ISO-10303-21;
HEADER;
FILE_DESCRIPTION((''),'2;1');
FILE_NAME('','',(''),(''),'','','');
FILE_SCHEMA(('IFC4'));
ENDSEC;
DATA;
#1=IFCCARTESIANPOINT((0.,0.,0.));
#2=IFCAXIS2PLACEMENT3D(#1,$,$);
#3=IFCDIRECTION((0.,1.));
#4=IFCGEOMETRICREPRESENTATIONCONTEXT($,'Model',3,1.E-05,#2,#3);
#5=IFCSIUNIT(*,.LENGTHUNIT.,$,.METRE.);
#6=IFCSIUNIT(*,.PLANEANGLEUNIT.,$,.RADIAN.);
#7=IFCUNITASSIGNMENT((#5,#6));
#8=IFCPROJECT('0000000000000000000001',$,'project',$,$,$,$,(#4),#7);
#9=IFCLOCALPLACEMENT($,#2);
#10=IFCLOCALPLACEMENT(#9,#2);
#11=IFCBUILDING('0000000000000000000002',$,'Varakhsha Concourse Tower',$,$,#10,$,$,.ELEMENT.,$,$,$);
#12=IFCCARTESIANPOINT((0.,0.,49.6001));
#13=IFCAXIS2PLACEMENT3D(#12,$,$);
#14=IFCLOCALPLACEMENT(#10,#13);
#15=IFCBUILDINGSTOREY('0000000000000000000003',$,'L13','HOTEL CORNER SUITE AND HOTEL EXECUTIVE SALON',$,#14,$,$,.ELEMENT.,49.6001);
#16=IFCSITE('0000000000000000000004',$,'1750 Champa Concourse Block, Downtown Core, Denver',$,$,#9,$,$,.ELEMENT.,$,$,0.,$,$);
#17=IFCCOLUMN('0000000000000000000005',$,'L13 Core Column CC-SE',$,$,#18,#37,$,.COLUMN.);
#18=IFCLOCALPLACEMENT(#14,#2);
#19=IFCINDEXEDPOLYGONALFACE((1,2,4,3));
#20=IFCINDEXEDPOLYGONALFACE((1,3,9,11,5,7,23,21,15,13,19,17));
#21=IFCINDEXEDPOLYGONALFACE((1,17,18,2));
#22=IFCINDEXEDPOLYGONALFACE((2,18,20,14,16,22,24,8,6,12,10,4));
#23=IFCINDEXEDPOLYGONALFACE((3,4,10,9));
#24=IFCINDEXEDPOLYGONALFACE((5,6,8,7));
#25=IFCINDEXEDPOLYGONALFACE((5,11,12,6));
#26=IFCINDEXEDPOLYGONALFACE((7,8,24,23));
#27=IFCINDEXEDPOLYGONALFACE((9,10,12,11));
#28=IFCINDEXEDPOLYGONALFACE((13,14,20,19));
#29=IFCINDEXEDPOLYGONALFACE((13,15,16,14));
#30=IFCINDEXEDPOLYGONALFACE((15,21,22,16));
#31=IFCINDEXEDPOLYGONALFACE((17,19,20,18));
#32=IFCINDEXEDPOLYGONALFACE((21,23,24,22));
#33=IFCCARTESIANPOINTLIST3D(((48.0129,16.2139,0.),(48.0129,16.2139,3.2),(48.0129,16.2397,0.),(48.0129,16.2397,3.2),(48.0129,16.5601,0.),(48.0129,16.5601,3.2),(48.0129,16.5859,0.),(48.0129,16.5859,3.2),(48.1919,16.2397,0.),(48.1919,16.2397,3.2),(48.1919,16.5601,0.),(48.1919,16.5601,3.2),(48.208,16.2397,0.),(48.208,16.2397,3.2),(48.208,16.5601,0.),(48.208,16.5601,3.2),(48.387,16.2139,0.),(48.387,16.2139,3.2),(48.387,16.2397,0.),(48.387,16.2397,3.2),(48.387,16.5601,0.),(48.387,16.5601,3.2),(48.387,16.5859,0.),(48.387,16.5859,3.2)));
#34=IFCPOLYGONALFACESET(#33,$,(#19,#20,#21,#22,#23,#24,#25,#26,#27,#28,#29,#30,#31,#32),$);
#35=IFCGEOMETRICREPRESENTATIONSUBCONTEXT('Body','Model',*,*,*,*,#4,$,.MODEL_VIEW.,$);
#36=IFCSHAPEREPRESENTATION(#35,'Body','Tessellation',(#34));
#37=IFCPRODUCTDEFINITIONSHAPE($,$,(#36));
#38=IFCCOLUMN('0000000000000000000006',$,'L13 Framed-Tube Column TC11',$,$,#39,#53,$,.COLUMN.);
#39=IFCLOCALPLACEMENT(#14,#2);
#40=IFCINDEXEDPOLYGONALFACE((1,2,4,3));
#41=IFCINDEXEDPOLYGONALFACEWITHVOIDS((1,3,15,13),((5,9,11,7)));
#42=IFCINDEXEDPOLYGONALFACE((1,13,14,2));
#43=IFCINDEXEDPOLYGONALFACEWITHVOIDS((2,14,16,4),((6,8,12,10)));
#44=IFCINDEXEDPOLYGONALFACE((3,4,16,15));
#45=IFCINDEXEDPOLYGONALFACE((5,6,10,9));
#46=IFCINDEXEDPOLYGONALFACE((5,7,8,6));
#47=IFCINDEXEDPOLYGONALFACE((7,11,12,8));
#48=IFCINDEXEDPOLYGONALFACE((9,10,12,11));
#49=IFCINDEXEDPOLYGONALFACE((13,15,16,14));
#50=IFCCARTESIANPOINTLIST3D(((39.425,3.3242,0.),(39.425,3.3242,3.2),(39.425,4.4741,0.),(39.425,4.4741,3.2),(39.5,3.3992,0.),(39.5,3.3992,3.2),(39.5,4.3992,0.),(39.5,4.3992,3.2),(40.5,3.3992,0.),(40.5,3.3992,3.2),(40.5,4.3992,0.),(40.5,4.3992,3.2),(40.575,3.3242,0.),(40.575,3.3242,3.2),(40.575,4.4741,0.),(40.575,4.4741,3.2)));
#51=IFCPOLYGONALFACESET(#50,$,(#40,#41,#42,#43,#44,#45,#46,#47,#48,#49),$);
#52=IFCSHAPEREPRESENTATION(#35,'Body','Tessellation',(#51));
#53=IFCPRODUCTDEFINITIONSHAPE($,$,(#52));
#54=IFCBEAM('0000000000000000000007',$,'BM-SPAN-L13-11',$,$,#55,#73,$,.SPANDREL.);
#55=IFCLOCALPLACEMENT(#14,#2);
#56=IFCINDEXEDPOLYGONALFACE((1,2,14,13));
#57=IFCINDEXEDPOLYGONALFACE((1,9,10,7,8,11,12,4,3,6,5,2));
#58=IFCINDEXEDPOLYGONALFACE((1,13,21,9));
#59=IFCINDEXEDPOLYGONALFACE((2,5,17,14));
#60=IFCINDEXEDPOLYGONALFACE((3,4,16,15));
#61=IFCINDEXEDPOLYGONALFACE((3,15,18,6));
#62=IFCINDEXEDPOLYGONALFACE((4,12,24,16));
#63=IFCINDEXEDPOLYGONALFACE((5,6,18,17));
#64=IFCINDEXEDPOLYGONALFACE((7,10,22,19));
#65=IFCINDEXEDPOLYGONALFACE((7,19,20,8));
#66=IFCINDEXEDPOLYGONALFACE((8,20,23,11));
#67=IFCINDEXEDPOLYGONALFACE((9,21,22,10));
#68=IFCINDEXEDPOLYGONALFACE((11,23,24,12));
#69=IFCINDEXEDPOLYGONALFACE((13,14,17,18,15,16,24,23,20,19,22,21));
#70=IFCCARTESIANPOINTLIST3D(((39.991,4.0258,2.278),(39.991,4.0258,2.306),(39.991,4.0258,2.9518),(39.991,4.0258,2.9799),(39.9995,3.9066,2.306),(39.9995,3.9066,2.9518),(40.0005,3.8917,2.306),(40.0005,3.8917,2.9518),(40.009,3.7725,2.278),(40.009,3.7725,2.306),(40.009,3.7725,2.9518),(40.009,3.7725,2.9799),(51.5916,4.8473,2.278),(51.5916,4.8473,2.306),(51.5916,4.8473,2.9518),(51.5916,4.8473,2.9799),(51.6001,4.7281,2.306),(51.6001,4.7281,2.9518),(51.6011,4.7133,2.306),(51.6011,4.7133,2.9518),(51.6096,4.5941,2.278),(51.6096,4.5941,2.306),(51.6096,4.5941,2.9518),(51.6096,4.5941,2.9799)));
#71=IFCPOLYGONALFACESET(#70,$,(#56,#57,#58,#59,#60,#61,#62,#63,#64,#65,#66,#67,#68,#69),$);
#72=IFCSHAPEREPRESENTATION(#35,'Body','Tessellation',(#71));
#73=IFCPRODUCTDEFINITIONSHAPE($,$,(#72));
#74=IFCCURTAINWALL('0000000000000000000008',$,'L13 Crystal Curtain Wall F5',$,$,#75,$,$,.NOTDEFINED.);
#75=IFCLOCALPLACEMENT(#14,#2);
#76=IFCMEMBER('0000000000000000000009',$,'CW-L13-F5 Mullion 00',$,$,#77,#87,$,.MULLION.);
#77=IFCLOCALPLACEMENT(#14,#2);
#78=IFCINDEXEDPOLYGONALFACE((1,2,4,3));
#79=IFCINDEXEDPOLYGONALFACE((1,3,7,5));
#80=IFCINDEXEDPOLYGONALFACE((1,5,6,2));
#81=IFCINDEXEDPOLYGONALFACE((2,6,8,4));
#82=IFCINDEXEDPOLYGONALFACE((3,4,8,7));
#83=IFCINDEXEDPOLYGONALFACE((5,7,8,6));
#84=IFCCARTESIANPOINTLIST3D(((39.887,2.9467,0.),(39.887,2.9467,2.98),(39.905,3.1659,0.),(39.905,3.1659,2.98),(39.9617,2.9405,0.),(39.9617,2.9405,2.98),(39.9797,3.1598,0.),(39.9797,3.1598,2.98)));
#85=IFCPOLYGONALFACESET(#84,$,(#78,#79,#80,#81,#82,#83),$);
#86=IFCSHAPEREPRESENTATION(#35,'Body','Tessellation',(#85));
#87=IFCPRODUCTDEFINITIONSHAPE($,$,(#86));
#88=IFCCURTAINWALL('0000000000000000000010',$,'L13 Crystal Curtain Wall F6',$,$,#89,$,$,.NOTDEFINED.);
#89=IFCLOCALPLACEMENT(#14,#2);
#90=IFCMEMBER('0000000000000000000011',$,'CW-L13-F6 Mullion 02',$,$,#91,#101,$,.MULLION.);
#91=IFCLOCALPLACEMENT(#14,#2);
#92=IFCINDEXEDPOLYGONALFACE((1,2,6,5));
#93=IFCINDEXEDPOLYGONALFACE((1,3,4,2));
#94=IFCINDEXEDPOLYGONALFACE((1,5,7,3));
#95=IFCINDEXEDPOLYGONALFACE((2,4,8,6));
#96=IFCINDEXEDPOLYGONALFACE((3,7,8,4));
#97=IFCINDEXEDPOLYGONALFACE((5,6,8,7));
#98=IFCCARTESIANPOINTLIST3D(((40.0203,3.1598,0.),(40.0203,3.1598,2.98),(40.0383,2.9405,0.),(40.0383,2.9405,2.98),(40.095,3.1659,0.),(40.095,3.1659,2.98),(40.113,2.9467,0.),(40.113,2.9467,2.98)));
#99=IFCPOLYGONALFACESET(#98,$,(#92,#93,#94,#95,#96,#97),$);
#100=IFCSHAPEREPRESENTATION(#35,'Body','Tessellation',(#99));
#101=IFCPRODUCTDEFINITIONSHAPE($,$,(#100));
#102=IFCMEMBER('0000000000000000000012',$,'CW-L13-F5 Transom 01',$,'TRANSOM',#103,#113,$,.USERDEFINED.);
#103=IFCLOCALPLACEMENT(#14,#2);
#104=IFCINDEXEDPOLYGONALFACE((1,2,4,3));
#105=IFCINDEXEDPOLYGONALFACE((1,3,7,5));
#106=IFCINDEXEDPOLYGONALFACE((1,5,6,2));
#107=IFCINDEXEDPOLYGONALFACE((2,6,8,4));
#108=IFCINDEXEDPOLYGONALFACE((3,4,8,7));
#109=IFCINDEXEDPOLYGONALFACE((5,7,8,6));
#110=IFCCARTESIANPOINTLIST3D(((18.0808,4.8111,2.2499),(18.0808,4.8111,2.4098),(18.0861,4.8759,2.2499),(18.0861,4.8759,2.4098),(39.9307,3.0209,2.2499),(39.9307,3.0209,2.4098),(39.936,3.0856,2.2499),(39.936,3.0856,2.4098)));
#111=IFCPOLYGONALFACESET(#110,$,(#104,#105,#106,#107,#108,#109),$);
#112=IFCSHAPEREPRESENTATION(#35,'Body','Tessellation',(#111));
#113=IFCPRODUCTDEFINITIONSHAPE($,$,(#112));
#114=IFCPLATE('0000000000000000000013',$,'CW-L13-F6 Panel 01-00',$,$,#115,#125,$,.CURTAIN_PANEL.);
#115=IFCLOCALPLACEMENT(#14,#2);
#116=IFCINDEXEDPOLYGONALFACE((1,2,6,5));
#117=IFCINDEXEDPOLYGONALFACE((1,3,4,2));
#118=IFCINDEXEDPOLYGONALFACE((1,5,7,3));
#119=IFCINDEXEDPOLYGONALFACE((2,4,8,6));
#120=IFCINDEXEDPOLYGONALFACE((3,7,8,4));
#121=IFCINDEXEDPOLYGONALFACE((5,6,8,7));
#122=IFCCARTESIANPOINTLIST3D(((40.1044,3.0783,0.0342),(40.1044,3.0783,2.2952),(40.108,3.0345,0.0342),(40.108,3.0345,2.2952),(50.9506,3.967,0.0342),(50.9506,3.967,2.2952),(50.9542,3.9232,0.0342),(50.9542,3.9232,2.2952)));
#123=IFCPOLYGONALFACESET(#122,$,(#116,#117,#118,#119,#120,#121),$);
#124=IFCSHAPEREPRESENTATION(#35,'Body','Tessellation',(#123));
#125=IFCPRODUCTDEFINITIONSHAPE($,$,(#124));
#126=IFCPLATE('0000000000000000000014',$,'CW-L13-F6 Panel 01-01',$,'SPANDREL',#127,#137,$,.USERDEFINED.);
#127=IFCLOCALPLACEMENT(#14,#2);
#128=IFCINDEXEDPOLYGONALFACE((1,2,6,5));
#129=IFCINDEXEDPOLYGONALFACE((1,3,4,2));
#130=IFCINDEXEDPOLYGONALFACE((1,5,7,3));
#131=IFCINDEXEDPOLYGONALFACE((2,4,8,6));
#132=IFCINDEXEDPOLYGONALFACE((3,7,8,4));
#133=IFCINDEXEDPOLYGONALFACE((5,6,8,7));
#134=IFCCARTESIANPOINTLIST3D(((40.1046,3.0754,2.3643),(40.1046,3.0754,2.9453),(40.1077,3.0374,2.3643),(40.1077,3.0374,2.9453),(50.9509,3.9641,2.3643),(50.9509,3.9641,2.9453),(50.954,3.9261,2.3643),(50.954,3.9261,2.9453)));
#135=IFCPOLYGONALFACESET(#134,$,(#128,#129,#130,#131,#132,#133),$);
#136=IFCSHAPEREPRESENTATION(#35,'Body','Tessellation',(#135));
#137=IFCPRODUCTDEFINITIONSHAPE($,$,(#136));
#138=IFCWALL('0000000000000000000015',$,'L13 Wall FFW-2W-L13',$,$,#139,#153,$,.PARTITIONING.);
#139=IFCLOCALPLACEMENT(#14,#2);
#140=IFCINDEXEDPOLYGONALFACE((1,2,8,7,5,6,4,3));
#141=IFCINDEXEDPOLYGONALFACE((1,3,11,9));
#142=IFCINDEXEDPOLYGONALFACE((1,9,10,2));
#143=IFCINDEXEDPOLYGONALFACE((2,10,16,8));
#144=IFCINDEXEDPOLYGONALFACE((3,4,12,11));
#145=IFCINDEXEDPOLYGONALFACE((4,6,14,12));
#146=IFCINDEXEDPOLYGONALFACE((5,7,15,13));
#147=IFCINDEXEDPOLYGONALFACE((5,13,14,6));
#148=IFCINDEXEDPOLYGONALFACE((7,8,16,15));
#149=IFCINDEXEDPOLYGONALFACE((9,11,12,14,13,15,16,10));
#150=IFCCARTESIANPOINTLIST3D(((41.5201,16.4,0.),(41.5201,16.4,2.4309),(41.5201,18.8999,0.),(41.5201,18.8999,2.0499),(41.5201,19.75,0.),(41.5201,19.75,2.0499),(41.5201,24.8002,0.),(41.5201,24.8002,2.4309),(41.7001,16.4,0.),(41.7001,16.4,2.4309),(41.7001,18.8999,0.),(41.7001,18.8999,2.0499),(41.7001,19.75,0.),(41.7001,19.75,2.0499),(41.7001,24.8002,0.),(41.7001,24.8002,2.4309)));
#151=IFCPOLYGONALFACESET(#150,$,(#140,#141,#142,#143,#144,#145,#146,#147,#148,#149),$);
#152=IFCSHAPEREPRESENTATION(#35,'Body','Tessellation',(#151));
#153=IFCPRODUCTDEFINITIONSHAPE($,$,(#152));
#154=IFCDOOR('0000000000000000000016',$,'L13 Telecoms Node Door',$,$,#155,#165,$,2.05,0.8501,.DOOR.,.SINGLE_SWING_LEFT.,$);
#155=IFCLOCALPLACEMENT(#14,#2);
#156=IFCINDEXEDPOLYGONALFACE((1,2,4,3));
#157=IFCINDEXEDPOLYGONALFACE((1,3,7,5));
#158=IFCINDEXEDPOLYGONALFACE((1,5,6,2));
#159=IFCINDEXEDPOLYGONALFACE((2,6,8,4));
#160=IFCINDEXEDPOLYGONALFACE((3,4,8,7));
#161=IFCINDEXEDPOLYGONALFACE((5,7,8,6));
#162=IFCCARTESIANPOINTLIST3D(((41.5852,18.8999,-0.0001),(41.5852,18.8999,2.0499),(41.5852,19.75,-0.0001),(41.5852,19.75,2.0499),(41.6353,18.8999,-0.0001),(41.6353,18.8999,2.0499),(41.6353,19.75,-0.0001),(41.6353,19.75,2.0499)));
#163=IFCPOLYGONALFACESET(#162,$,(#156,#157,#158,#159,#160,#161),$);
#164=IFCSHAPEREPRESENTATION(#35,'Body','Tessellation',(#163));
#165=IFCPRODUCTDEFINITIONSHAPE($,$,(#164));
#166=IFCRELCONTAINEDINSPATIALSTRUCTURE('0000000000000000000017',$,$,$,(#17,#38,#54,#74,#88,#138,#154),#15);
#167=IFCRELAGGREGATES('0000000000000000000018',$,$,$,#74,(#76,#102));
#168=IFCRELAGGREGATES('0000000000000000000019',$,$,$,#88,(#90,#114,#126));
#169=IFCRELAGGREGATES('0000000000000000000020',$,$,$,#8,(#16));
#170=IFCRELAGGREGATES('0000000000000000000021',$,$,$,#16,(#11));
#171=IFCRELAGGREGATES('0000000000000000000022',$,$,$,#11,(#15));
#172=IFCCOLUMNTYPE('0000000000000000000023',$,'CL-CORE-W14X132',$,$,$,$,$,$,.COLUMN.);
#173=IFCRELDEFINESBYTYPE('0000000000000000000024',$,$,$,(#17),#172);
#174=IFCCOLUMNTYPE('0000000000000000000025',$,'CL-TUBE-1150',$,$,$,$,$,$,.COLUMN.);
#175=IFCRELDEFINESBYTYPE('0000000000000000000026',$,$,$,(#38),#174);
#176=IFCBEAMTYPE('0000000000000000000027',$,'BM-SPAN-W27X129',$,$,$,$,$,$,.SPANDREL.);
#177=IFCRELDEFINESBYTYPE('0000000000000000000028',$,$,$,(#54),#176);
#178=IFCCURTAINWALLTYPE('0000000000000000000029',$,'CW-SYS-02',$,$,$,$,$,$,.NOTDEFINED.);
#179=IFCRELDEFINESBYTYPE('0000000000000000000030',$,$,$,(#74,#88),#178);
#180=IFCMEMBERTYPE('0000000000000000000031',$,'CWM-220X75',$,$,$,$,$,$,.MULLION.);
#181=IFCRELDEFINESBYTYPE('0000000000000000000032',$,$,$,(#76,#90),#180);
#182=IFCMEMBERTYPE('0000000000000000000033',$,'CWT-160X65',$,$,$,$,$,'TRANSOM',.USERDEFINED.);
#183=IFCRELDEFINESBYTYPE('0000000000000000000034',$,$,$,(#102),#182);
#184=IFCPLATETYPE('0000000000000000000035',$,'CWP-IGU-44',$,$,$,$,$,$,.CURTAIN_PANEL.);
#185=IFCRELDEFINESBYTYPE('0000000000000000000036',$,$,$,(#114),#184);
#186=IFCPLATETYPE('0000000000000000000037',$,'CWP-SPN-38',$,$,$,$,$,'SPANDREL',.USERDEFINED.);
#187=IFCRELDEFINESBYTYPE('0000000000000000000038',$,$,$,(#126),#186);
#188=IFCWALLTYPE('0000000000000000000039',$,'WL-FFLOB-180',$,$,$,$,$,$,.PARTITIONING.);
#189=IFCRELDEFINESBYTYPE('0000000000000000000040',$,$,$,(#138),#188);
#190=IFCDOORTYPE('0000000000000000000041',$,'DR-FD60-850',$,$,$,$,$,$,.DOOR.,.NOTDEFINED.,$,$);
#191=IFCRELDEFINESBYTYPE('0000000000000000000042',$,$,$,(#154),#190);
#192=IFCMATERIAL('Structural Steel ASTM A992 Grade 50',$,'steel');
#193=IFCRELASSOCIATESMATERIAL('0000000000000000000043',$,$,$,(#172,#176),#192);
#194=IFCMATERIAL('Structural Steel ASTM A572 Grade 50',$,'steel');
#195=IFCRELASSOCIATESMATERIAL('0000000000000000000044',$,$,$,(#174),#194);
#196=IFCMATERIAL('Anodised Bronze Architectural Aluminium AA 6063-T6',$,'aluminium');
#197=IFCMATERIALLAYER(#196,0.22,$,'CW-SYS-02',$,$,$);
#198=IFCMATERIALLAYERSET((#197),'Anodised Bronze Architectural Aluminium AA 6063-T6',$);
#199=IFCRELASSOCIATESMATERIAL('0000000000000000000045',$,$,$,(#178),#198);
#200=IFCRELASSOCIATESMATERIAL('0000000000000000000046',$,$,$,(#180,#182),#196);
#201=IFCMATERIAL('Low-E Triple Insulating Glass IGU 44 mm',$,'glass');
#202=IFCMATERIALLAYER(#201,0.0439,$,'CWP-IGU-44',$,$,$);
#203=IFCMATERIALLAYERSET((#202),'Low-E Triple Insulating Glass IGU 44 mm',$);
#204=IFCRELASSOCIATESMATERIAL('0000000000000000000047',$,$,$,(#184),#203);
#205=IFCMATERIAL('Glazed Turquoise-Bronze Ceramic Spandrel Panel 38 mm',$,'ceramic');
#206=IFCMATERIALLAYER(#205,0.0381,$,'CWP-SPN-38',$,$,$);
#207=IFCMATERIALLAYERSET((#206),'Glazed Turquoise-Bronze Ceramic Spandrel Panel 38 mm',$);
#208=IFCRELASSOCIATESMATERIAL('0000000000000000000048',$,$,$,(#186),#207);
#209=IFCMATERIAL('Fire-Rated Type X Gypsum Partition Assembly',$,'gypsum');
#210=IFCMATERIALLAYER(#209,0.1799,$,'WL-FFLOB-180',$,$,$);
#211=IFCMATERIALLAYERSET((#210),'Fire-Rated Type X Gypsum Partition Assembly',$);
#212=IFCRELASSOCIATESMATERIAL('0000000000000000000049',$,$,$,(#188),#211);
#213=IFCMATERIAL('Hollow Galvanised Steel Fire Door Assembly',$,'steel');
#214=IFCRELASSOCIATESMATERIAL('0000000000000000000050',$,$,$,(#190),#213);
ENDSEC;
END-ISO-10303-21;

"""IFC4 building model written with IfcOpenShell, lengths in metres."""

from ifc_helpers import new_model, si_unit, direction, frame, frame_2d, origin, origin_2d, place, context, subcontext, project, spatial, rectangle, hollow_rectangle, i_section, extrude, source, transform, mapped, material, layer, layer_set, material_profile, profile_set, type_object, type_shapes, element, fill, aggregate, save


model = new_model("IFC4")

# Units and contexts
model_context = context("Model", 3, precision=1e-05, world=origin(), true_north=direction((0.0, 1.0)))
body_context = subcontext(model_context, "Body", "Model", "MODEL_VIEW")
ifc_project = project(units=[si_unit("LENGTHUNIT", "METRE"), si_unit("PLANEANGLEUNIT", "RADIAN")], contexts=[model_context])

# Site, building, storey
site_placement = place(None, origin())
site = spatial("IfcSite", under=ifc_project, at=site_placement, Name="1750 Champa Concourse Block, Downtown Core, Denver", CompositionType="ELEMENT", RefElevation=0.0)
building_placement = place(site_placement, origin())
building = spatial("IfcBuilding", under=site, at=building_placement, Name="Varakhsha Concourse Tower", CompositionType="ELEMENT")
storey_placement = place(building_placement, frame((0.0, 0.0, 49.6001)))
storey = spatial("IfcBuildingStorey", under=building, at=storey_placement, Name="L13", Description="HOTEL CORNER SUITE AND HOTEL EXECUTIVE SALON", CompositionType="ELEMENT", Elevation=49.6001)

# Columns
ifc_material_1 = material(Name="Structural Steel ASTM A992 Grade 50", Category="steel")
ifc_material_profile_1 = material_profile(ifc_material_1, i_section(OverallWidth=0.374, OverallDepth=0.3721, WebThickness=0.0161, FlangeThickness=0.0259, at=origin_2d()), Name="W14X132")
ifc_profile_set_1 = profile_set([ifc_material_profile_1], Name="Structural Steel ASTM A992 Grade 50")
column_type_1 = type_object("IfcColumnType", Name="CL-CORE-W14X132", PredefinedType="COLUMN", material=ifc_profile_set_1)
column_1_placement = place(storey_placement, frame((48.2, 16.3999, 0.0), z_axis=(0.0, 0.0, 1.0), x_axis=(1.0, 0.0, 0.0)))
element("IfcColumn", 1, at=column_1_placement, inside=storey, type_object=column_type_1, Name="L13 Core Column CC-SE", PredefinedType="COLUMN", context=body_context, shape_type="SweptSolid", body=[
    extrude(i_section(OverallWidth=0.374, OverallDepth=0.3721, WebThickness=0.0161, FlangeThickness=0.0259, at=origin_2d()), origin(), (0.0, 0.0, 1.0), 3.2),
])
ifc_material_2 = material(Name="Structural Steel ASTM A572 Grade 50", Category="steel")
ifc_material_profile_2 = material_profile(ifc_material_2, hollow_rectangle(XDim=1.1499, YDim=1.1499, WallThickness=0.075, at=origin_2d()), Name="BOX 1150x1150x75")
ifc_profile_set_2 = profile_set([ifc_material_profile_2], Name="Structural Steel ASTM A572 Grade 50")
column_type_2 = type_object("IfcColumnType", Name="CL-TUBE-1150", PredefinedType="COLUMN", material=ifc_profile_set_2)
column_2_placement = place(storey_placement, frame((40.0, 3.8992, 0.0), z_axis=(0.0, 0.0, 1.0), x_axis=(1.0, 0.0, 0.0)))
element("IfcColumn", 2, at=column_2_placement, inside=storey, type_object=column_type_2, Name="L13 Framed-Tube Column TC11", PredefinedType="COLUMN", context=body_context, shape_type="SweptSolid", body=[
    extrude(hollow_rectangle(XDim=1.1499, YDim=1.1499, WallThickness=0.075, at=origin_2d()), origin(), (0.0, 0.0, 1.0), 3.2),
])

# Beam
ifc_material_profile_3 = material_profile(ifc_material_1, i_section(OverallWidth=0.2539, OverallDepth=0.7019, WebThickness=0.0149, FlangeThickness=0.0281, at=origin_2d()), Name="W27X129")
ifc_profile_set_3 = profile_set([ifc_material_profile_3], Name="Structural Steel ASTM A992 Grade 50")
beam_type = type_object("IfcBeamType", Name="BM-SPAN-W27X129", PredefinedType="SPANDREL", material=ifc_profile_set_3)
beam_placement = place(storey_placement, frame((40.0, 3.8992, 2.6289), z_axis=(0.997502, 0.070641, 0.0), x_axis=(-0.070641, 0.997502, 0.0)))
element("IfcBeam", 3, at=beam_placement, inside=storey, type_object=beam_type, Name="BM-SPAN-L13-11", PredefinedType="SPANDREL", context=body_context, shape_type="SweptSolid", body=[
    extrude(i_section(OverallWidth=0.2539, OverallDepth=0.7019, WebThickness=0.0149, FlangeThickness=0.0281, at=origin_2d()), origin(), (0.0, 0.0, 1.0), 11.6296),
])

# Curtain walls, members
ifc_material_3 = material(Name="Anodised Bronze Architectural Aluminium AA 6063-T6", Category="aluminium")
ifc_layer_1 = layer(ifc_material_3, 0.22, Name="CW-SYS-02")
ifc_layer_set_1 = layer_set([ifc_layer_1], Name="Anodised Bronze Architectural Aluminium AA 6063-T6")
curtain_wall_type = type_object("IfcCurtainWallType", Name="CW-SYS-02", PredefinedType="NOTDEFINED", material=ifc_layer_set_1)
curtain_wall_1_placement = place(storey_placement, origin())
curtain_wall_1 = element("IfcCurtainWall", 4, at=curtain_wall_1_placement, inside=storey, type_object=curtain_wall_type, Name="L13 Crystal Curtain Wall F5", PredefinedType="NOTDEFINED")
ifc_material_profile_4 = material_profile(ifc_material_3, rectangle(XDim=0.075, YDim=0.22, at=origin_2d()), Name="CWM-220X75")
ifc_profile_set_4 = profile_set([ifc_material_profile_4], Name="Anodised Bronze Architectural Aluminium AA 6063-T6")
member_type_1 = type_object("IfcMemberType", Name="CWM-220X75", PredefinedType="MULLION", material=ifc_profile_set_4)
shared_shape_1 = source(origin(), body_context, "Body", "SweptSolid", [
    extrude(rectangle(XDim=0.075, YDim=0.22, at=origin_2d()), origin(), (0.0, 0.0, 1.0), 2.98),
])
type_shapes(member_type_1, [shared_shape_1])
member_1_placement = place(storey_placement, frame((39.9333, 3.0532, 0.0), z_axis=(0.0, 0.0, 1.0), x_axis=(-0.99666, 0.081664, 0.0)))
member_1 = element("IfcMember", 5, at=member_1_placement, type_object=member_type_1, Name="CW-L13-F5 Mullion 00", PredefinedType="MULLION", context=body_context, shape_type="MappedRepresentation", body=[
    mapped(shared_shape_1, transform((0.0, 0.0, 0.0), scale=1.0)),
])
curtain_wall_2_placement = place(storey_placement, origin())
curtain_wall_2 = element("IfcCurtainWall", 6, at=curtain_wall_2_placement, inside=storey, type_object=curtain_wall_type, Name="L13 Crystal Curtain Wall F6", PredefinedType="NOTDEFINED")
member_2_placement = place(storey_placement, frame((40.0667, 3.0532, 0.0), z_axis=(0.0, 0.0, 1.0), x_axis=(-0.99666, -0.081664, 0.0)))
member_2 = element("IfcMember", 7, at=member_2_placement, type_object=member_type_1, Name="CW-L13-F6 Mullion 02", PredefinedType="MULLION", context=body_context, shape_type="MappedRepresentation", body=[
    mapped(shared_shape_1, transform((0.0, 0.0, 0.0), scale=1.0)),
])

# Member
ifc_material_profile_5 = material_profile(ifc_material_3, rectangle(XDim=0.0649, YDim=0.1599, at=origin_2d()), Name="CWT-160X65")
ifc_profile_set_5 = profile_set([ifc_material_profile_5], Name="Anodised Bronze Architectural Aluminium AA 6063-T6")
member_type_2 = type_object("IfcMemberType", Name="CWT-160X65", ElementType="TRANSOM", PredefinedType="USERDEFINED", material=ifc_profile_set_5)
shared_shape_2 = source(origin(), body_context, "Body", "SweptSolid", [
    extrude(rectangle(XDim=0.0649, YDim=0.1599, at=origin_2d()), origin(), (0.0, 0.0, 1.0), 21.9231),
])
type_shapes(member_type_2, [shared_shape_2])
member_3_placement = place(storey_placement, frame((39.9333, 3.0532, 2.3298), z_axis=(-0.99666, 0.081662, 0.0), x_axis=(-0.081662, -0.99666, 0.0)))
member_3 = element("IfcMember", 8, at=member_3_placement, type_object=member_type_2, Name="CW-L13-F5 Transom 01", ObjectType="TRANSOM", PredefinedType="USERDEFINED", context=body_context, shape_type="MappedRepresentation", body=[
    mapped(shared_shape_2, transform((0.0, 0.0, 0.0), scale=1.0)),
])
aggregate(curtain_wall_1, [member_1, member_3])

# Plates
ifc_material_4 = material(Name="Low-E Triple Insulating Glass IGU 44 mm", Category="glass")
ifc_layer_2 = layer(ifc_material_4, 0.0439, Name="CWP-IGU-44")
ifc_layer_set_2 = layer_set([ifc_layer_2], Name="Low-E Triple Insulating Glass IGU 44 mm")
plate_type_1 = type_object("IfcPlateType", Name="CWP-IGU-44", PredefinedType="CURTAIN_PANEL", material=ifc_layer_set_2)
shared_shape_3 = source(origin(), body_context, "Body", "SweptSolid", [
    extrude(rectangle(XDim=10.8826, YDim=0.0439, at=origin_2d()), origin(), (0.0, 0.0, 1.0), 2.261),
])
type_shapes(plate_type_1, [shared_shape_3])
plate_1_placement = place(storey_placement, frame((45.5293, 3.5007, 0.0342), z_axis=(0.0, 0.0, 1.0), x_axis=(-0.99666, -0.081664, 0.0)))
plate_1 = element("IfcPlate", 9, at=plate_1_placement, type_object=plate_type_1, Name="CW-L13-F6 Panel 01-00", PredefinedType="CURTAIN_PANEL", context=body_context, shape_type="MappedRepresentation", body=[
    mapped(shared_shape_3, transform((0.0, 0.0, 0.0), scale=1.0)),
])
ifc_material_5 = material(Name="Glazed Turquoise-Bronze Ceramic Spandrel Panel 38 mm", Category="ceramic")
ifc_layer_3 = layer(ifc_material_5, 0.0381, Name="CWP-SPN-38")
ifc_layer_set_3 = layer_set([ifc_layer_3], Name="Glazed Turquoise-Bronze Ceramic Spandrel Panel 38 mm")
plate_type_2 = type_object("IfcPlateType", Name="CWP-SPN-38", ElementType="SPANDREL", PredefinedType="USERDEFINED", material=ifc_layer_set_3)
shared_shape_4 = source(origin(), body_context, "Body", "SweptSolid", [
    extrude(rectangle(XDim=10.8826, YDim=0.0381, at=origin_2d()), origin(), (0.0, 0.0, 1.0), 0.5811),
])
type_shapes(plate_type_2, [shared_shape_4])
plate_2_placement = place(storey_placement, frame((45.5293, 3.5007, 2.3643), z_axis=(0.0, 0.0, 1.0), x_axis=(-0.99666, -0.081664, 0.0)))
plate_2 = element("IfcPlate", 10, at=plate_2_placement, type_object=plate_type_2, Name="CW-L13-F6 Panel 01-01", ObjectType="SPANDREL", PredefinedType="USERDEFINED", context=body_context, shape_type="MappedRepresentation", body=[
    mapped(shared_shape_4, transform((0.0, 0.0, 0.0), scale=1.0)),
])
aggregate(curtain_wall_2, [member_2, plate_1, plate_2])

# Wall, opening, door
ifc_material_6 = material(Name="Fire-Rated Type X Gypsum Partition Assembly", Category="gypsum")
ifc_layer_4 = layer(ifc_material_6, 0.1799, Name="WL-FFLOB-180")
ifc_layer_set_4 = layer_set([ifc_layer_4], Name="Fire-Rated Type X Gypsum Partition Assembly")
wall_type_1 = type_object("IfcWallType", Name="WL-FFLOB-180", PredefinedType="PARTITIONING", material=ifc_layer_set_4)
wall_1_placement = place(storey_placement, frame((41.6101, 16.3999, 0.0), z_axis=(0.0, 0.0, 1.0), x_axis=(0.0, 1.0, 0.0)))
wall_1 = element("IfcWall", 11, at=wall_1_placement, inside=storey, type_object=wall_type_1, Name="L13 Wall FFW-2W-L13", PredefinedType="PARTITIONING", context=body_context, shape_type="SweptSolid", body=[
    extrude(rectangle(XDim=8.4001, YDim=0.1799, at=frame_2d((4.2002, 0.0))), origin(), (0.0, 0.0, 1.0), 2.4309),
])
opening_1_placement = place(wall_1_placement, frame((2.5, 0.0, 0.0)))
opening_1 = element("IfcOpeningElement", 12, at=opening_1_placement, cuts=wall_1, PredefinedType="OPENING", context=body_context, shape_type="SweptSolid", body=[
    extrude(rectangle(XDim=0.8501, YDim=2.05, at=frame_2d((0.425, 1.0249))), frame((0.0, 0.0999, 0.0), z_axis=(0.0, -1.0, 0.0), x_axis=(1.0, 0.0, 0.0)), (0.0, 0.0, 1.0), 0.2),
])
ifc_material_7 = material(Name="Hollow Galvanised Steel Fire Door Assembly", Category="steel")
door_type_1 = type_object("IfcDoorType", Name="DR-FD60-850", OperationType="NOTDEFINED", PredefinedType="DOOR", material=ifc_material_7)
door_1_placement = place(opening_1_placement, origin())
door_1 = element("IfcDoor", 13, at=door_1_placement, inside=storey, type_object=door_type_1, Name="L13 Telecoms Node Door", OperationType="SINGLE_SWING_LEFT", OverallHeight=2.05, OverallWidth=0.8501, PredefinedType="DOOR", context=body_context, shape_type="SweptSolid", body=[
    extrude(rectangle(XDim=0.8501, YDim=2.05, at=frame_2d((0.425, 1.0249))), frame((0.0, 0.0249, 0.0), z_axis=(0.0, -1.0, 0.0), x_axis=(1.0, 0.0, 0.0)), (0.0, 0.0, 1.0), 0.05),
])
fill(opening_1, door_1)

save(model, "model.ifc")
